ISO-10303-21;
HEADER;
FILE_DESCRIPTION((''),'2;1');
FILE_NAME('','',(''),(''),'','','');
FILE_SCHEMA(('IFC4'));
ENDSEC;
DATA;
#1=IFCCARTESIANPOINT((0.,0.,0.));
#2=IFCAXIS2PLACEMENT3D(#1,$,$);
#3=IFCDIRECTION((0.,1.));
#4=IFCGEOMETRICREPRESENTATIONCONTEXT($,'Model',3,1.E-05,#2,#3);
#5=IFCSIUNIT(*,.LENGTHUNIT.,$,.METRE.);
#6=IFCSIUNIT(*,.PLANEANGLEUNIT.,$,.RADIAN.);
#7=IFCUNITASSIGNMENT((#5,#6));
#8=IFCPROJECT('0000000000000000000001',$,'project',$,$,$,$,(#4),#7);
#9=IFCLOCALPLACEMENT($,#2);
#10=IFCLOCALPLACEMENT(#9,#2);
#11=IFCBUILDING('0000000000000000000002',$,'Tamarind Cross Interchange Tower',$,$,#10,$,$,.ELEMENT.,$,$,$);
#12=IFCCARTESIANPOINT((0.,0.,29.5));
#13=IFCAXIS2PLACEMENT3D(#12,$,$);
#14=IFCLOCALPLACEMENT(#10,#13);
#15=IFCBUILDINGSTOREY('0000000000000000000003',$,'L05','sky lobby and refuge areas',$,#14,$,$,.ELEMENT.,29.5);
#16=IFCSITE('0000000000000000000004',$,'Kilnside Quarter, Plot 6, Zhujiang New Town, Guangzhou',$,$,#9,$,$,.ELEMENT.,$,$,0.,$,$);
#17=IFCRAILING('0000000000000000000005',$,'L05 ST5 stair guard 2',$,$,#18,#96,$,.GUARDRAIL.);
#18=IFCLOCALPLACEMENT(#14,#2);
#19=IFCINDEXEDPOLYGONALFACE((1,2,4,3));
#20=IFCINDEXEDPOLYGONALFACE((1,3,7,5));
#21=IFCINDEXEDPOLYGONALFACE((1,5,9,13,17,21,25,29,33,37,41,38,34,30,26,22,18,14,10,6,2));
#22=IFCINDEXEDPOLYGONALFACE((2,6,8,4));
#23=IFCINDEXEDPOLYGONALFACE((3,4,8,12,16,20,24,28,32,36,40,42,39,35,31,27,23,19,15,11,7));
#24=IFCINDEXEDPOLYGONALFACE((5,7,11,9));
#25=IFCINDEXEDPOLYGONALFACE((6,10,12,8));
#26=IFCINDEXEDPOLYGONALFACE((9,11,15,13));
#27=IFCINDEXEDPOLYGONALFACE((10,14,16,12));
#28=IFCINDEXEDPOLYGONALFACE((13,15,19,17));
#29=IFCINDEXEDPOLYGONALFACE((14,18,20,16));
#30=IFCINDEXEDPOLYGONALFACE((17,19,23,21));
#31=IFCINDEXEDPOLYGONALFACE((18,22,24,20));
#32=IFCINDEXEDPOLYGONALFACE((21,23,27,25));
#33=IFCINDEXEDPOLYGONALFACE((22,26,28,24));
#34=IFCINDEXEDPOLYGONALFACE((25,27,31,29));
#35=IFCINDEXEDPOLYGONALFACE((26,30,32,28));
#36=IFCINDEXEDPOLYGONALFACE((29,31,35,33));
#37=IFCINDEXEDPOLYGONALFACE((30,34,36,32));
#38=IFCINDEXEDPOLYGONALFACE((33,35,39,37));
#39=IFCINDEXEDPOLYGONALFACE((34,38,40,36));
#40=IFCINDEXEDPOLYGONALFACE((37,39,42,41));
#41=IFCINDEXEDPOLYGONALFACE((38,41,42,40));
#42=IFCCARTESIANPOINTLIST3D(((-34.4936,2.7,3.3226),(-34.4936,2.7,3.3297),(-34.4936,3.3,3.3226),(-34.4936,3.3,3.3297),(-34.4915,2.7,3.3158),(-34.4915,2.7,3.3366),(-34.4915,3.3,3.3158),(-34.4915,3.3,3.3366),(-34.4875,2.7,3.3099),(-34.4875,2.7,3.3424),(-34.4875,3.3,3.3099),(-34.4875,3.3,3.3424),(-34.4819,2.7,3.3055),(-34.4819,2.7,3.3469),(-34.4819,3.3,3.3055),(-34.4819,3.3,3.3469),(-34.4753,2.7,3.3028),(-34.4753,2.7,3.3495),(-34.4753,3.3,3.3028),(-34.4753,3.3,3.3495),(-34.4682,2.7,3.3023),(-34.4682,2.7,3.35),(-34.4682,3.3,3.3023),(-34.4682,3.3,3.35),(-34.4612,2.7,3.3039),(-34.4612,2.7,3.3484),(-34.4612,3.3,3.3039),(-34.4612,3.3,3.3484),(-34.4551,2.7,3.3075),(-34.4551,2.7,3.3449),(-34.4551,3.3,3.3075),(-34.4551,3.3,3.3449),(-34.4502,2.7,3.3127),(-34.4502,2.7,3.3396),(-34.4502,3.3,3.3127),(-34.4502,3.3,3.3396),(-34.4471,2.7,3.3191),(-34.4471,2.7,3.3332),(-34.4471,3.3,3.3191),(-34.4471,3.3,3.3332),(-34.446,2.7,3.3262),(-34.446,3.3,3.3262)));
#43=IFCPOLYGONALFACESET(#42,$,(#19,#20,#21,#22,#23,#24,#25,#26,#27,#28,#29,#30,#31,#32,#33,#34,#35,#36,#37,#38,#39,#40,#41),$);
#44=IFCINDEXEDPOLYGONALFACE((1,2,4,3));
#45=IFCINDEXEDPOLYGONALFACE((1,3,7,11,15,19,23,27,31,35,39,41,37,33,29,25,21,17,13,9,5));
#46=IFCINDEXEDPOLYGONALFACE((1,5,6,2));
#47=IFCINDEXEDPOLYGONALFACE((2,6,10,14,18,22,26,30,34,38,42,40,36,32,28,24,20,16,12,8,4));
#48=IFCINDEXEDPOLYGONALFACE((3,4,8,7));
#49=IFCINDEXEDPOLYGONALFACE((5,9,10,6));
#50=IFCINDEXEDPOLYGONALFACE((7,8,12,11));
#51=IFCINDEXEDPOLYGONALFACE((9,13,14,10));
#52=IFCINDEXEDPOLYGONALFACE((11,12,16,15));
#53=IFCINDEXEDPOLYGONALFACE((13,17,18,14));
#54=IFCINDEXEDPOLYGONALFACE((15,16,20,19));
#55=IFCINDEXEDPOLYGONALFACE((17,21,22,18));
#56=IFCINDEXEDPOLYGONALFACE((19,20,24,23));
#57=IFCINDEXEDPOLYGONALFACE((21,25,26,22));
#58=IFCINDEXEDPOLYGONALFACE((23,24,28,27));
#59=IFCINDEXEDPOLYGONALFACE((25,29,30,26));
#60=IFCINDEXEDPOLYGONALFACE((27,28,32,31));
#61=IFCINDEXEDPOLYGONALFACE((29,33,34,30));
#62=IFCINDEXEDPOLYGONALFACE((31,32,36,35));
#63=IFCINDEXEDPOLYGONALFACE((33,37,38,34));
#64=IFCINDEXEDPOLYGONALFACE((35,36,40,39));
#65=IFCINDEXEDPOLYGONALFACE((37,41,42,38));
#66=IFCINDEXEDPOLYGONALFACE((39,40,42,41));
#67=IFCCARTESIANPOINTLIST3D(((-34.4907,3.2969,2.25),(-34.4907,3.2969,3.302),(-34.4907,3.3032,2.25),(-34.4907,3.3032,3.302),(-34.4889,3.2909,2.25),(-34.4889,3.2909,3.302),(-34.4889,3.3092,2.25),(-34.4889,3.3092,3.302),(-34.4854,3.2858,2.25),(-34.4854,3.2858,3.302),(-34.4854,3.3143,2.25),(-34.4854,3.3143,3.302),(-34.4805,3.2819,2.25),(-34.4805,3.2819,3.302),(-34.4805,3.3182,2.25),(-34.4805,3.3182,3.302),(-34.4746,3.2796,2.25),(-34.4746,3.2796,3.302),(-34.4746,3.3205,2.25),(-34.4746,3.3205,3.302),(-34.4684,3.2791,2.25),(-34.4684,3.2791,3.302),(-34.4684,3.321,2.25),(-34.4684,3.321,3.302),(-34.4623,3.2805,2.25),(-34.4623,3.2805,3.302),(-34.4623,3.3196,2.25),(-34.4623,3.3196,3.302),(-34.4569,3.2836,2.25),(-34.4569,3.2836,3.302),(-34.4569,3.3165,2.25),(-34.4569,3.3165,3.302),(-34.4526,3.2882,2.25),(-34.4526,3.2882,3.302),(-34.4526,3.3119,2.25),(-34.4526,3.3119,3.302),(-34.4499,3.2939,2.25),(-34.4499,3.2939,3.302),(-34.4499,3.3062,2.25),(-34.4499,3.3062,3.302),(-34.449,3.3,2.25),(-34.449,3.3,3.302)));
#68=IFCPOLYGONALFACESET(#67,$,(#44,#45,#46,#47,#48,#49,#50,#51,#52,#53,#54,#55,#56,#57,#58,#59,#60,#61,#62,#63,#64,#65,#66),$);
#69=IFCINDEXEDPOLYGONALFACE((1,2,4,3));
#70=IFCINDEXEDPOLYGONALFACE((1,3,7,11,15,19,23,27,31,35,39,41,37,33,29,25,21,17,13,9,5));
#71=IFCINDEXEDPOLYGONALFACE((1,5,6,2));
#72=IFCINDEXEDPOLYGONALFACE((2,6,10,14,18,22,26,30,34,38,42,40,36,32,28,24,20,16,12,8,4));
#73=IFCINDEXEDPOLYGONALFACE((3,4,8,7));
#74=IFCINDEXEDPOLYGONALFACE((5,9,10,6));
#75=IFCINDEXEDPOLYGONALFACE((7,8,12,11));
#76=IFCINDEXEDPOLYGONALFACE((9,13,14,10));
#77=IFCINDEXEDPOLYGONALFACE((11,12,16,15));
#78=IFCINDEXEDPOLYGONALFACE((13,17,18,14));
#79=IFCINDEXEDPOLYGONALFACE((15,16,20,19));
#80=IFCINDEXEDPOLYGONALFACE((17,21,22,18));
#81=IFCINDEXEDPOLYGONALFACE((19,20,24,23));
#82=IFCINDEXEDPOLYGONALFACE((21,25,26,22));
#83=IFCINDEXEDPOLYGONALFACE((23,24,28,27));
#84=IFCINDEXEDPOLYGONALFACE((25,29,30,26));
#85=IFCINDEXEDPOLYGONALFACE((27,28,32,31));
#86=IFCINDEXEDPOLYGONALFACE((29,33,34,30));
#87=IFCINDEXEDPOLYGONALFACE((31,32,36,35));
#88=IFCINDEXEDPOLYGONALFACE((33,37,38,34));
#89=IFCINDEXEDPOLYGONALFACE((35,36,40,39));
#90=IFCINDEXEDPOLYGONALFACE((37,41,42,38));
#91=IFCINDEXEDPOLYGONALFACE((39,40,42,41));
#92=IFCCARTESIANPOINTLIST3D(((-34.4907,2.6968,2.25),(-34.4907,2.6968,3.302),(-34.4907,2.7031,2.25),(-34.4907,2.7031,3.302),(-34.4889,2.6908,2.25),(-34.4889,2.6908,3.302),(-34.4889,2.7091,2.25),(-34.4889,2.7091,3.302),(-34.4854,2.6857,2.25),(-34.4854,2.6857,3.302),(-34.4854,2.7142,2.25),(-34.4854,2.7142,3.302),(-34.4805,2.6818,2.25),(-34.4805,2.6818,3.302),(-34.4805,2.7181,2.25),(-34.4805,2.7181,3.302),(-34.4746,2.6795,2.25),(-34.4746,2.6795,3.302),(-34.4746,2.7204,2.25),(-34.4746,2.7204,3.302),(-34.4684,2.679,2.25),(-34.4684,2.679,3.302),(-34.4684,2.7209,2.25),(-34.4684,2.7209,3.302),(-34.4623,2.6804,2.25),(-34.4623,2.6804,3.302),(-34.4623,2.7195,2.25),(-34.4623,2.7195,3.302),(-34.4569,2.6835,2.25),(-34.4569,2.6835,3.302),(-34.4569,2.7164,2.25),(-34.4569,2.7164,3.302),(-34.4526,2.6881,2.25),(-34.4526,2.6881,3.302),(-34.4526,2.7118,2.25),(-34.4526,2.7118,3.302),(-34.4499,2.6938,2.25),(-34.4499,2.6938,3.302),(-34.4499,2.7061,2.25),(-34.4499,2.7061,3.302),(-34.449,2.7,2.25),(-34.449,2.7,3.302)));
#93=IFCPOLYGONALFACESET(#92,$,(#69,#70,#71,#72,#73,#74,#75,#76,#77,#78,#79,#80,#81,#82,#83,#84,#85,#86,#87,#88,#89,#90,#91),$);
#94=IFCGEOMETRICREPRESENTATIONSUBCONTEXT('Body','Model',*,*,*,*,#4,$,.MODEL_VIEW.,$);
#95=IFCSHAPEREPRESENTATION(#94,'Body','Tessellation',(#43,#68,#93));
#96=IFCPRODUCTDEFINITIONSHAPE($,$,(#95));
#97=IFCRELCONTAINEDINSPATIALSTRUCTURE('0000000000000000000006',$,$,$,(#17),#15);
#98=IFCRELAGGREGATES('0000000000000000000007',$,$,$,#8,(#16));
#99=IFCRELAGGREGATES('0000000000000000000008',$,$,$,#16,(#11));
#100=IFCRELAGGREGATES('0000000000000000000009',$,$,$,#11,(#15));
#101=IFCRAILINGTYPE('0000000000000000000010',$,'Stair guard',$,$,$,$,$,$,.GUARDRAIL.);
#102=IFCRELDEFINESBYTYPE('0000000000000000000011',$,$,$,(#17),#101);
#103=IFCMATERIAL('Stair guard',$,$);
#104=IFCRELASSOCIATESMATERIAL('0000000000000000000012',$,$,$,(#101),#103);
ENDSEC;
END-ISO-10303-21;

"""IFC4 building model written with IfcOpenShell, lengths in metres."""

from ifc_helpers import new_model, si_unit, direction, frame, origin, origin_2d, place, context, subcontext, project, spatial, circle, extrude, material, type_object, element, save


model = new_model("IFC4")

# Units and contexts
model_context = context("Model", 3, precision=1e-05, world=origin(), true_north=direction((0.0, 1.0)))
body_context = subcontext(model_context, "Body", "Model", "MODEL_VIEW")
ifc_project = project(units=[si_unit("LENGTHUNIT", "METRE"), si_unit("PLANEANGLEUNIT", "RADIAN")], contexts=[model_context])

# Site, building, storey
site_placement = place(None, origin())
site = spatial("IfcSite", under=ifc_project, at=site_placement, Name="Kilnside Quarter, Plot 6, Zhujiang New Town, Guangzhou", CompositionType="ELEMENT", RefElevation=0.0)
building_placement = place(site_placement, origin())
building = spatial("IfcBuilding", under=site, at=building_placement, Name="Tamarind Cross Interchange Tower", CompositionType="ELEMENT")
storey_placement = place(building_placement, frame((0.0, 0.0, 29.5)))
storey = spatial("IfcBuildingStorey", under=building, at=storey_placement, Name="L05", Description="sky lobby and refuge areas", CompositionType="ELEMENT", Elevation=29.5)

# Railing
ifc_material_1 = material(Name="Stair guard")
railing_type_1 = type_object("IfcRailingType", Name="Stair guard", PredefinedType="GUARDRAIL", material=ifc_material_1)
railing_1_placement = place(storey_placement, frame((-34.47, 3.3, 2.25)))
element("IfcRailing", 1, at=railing_1_placement, inside=storey, type_object=railing_type_1, Name="L05 ST5 stair guard 2", PredefinedType="GUARDRAIL", context=body_context, shape_type="SweptSolid", body=[
    extrude(circle(Radius=0.0239, at=origin_2d()), frame((0.0, 0.0, 1.0762), z_axis=(0.0, -1.0, 0.0), x_axis=(1.0, 0.0, 0.0)), (0.0, 0.0, 1.0), 0.6001),
    extrude(circle(Radius=0.021, at=origin_2d()), origin(), (0.0, 0.0, 1.0), 1.052),
    extrude(circle(Radius=0.021, at=origin_2d()), frame((0.0, -0.6001, 0.0)), (0.0, 0.0, 1.0), 1.052),
])

save(model, "model.ifc")
